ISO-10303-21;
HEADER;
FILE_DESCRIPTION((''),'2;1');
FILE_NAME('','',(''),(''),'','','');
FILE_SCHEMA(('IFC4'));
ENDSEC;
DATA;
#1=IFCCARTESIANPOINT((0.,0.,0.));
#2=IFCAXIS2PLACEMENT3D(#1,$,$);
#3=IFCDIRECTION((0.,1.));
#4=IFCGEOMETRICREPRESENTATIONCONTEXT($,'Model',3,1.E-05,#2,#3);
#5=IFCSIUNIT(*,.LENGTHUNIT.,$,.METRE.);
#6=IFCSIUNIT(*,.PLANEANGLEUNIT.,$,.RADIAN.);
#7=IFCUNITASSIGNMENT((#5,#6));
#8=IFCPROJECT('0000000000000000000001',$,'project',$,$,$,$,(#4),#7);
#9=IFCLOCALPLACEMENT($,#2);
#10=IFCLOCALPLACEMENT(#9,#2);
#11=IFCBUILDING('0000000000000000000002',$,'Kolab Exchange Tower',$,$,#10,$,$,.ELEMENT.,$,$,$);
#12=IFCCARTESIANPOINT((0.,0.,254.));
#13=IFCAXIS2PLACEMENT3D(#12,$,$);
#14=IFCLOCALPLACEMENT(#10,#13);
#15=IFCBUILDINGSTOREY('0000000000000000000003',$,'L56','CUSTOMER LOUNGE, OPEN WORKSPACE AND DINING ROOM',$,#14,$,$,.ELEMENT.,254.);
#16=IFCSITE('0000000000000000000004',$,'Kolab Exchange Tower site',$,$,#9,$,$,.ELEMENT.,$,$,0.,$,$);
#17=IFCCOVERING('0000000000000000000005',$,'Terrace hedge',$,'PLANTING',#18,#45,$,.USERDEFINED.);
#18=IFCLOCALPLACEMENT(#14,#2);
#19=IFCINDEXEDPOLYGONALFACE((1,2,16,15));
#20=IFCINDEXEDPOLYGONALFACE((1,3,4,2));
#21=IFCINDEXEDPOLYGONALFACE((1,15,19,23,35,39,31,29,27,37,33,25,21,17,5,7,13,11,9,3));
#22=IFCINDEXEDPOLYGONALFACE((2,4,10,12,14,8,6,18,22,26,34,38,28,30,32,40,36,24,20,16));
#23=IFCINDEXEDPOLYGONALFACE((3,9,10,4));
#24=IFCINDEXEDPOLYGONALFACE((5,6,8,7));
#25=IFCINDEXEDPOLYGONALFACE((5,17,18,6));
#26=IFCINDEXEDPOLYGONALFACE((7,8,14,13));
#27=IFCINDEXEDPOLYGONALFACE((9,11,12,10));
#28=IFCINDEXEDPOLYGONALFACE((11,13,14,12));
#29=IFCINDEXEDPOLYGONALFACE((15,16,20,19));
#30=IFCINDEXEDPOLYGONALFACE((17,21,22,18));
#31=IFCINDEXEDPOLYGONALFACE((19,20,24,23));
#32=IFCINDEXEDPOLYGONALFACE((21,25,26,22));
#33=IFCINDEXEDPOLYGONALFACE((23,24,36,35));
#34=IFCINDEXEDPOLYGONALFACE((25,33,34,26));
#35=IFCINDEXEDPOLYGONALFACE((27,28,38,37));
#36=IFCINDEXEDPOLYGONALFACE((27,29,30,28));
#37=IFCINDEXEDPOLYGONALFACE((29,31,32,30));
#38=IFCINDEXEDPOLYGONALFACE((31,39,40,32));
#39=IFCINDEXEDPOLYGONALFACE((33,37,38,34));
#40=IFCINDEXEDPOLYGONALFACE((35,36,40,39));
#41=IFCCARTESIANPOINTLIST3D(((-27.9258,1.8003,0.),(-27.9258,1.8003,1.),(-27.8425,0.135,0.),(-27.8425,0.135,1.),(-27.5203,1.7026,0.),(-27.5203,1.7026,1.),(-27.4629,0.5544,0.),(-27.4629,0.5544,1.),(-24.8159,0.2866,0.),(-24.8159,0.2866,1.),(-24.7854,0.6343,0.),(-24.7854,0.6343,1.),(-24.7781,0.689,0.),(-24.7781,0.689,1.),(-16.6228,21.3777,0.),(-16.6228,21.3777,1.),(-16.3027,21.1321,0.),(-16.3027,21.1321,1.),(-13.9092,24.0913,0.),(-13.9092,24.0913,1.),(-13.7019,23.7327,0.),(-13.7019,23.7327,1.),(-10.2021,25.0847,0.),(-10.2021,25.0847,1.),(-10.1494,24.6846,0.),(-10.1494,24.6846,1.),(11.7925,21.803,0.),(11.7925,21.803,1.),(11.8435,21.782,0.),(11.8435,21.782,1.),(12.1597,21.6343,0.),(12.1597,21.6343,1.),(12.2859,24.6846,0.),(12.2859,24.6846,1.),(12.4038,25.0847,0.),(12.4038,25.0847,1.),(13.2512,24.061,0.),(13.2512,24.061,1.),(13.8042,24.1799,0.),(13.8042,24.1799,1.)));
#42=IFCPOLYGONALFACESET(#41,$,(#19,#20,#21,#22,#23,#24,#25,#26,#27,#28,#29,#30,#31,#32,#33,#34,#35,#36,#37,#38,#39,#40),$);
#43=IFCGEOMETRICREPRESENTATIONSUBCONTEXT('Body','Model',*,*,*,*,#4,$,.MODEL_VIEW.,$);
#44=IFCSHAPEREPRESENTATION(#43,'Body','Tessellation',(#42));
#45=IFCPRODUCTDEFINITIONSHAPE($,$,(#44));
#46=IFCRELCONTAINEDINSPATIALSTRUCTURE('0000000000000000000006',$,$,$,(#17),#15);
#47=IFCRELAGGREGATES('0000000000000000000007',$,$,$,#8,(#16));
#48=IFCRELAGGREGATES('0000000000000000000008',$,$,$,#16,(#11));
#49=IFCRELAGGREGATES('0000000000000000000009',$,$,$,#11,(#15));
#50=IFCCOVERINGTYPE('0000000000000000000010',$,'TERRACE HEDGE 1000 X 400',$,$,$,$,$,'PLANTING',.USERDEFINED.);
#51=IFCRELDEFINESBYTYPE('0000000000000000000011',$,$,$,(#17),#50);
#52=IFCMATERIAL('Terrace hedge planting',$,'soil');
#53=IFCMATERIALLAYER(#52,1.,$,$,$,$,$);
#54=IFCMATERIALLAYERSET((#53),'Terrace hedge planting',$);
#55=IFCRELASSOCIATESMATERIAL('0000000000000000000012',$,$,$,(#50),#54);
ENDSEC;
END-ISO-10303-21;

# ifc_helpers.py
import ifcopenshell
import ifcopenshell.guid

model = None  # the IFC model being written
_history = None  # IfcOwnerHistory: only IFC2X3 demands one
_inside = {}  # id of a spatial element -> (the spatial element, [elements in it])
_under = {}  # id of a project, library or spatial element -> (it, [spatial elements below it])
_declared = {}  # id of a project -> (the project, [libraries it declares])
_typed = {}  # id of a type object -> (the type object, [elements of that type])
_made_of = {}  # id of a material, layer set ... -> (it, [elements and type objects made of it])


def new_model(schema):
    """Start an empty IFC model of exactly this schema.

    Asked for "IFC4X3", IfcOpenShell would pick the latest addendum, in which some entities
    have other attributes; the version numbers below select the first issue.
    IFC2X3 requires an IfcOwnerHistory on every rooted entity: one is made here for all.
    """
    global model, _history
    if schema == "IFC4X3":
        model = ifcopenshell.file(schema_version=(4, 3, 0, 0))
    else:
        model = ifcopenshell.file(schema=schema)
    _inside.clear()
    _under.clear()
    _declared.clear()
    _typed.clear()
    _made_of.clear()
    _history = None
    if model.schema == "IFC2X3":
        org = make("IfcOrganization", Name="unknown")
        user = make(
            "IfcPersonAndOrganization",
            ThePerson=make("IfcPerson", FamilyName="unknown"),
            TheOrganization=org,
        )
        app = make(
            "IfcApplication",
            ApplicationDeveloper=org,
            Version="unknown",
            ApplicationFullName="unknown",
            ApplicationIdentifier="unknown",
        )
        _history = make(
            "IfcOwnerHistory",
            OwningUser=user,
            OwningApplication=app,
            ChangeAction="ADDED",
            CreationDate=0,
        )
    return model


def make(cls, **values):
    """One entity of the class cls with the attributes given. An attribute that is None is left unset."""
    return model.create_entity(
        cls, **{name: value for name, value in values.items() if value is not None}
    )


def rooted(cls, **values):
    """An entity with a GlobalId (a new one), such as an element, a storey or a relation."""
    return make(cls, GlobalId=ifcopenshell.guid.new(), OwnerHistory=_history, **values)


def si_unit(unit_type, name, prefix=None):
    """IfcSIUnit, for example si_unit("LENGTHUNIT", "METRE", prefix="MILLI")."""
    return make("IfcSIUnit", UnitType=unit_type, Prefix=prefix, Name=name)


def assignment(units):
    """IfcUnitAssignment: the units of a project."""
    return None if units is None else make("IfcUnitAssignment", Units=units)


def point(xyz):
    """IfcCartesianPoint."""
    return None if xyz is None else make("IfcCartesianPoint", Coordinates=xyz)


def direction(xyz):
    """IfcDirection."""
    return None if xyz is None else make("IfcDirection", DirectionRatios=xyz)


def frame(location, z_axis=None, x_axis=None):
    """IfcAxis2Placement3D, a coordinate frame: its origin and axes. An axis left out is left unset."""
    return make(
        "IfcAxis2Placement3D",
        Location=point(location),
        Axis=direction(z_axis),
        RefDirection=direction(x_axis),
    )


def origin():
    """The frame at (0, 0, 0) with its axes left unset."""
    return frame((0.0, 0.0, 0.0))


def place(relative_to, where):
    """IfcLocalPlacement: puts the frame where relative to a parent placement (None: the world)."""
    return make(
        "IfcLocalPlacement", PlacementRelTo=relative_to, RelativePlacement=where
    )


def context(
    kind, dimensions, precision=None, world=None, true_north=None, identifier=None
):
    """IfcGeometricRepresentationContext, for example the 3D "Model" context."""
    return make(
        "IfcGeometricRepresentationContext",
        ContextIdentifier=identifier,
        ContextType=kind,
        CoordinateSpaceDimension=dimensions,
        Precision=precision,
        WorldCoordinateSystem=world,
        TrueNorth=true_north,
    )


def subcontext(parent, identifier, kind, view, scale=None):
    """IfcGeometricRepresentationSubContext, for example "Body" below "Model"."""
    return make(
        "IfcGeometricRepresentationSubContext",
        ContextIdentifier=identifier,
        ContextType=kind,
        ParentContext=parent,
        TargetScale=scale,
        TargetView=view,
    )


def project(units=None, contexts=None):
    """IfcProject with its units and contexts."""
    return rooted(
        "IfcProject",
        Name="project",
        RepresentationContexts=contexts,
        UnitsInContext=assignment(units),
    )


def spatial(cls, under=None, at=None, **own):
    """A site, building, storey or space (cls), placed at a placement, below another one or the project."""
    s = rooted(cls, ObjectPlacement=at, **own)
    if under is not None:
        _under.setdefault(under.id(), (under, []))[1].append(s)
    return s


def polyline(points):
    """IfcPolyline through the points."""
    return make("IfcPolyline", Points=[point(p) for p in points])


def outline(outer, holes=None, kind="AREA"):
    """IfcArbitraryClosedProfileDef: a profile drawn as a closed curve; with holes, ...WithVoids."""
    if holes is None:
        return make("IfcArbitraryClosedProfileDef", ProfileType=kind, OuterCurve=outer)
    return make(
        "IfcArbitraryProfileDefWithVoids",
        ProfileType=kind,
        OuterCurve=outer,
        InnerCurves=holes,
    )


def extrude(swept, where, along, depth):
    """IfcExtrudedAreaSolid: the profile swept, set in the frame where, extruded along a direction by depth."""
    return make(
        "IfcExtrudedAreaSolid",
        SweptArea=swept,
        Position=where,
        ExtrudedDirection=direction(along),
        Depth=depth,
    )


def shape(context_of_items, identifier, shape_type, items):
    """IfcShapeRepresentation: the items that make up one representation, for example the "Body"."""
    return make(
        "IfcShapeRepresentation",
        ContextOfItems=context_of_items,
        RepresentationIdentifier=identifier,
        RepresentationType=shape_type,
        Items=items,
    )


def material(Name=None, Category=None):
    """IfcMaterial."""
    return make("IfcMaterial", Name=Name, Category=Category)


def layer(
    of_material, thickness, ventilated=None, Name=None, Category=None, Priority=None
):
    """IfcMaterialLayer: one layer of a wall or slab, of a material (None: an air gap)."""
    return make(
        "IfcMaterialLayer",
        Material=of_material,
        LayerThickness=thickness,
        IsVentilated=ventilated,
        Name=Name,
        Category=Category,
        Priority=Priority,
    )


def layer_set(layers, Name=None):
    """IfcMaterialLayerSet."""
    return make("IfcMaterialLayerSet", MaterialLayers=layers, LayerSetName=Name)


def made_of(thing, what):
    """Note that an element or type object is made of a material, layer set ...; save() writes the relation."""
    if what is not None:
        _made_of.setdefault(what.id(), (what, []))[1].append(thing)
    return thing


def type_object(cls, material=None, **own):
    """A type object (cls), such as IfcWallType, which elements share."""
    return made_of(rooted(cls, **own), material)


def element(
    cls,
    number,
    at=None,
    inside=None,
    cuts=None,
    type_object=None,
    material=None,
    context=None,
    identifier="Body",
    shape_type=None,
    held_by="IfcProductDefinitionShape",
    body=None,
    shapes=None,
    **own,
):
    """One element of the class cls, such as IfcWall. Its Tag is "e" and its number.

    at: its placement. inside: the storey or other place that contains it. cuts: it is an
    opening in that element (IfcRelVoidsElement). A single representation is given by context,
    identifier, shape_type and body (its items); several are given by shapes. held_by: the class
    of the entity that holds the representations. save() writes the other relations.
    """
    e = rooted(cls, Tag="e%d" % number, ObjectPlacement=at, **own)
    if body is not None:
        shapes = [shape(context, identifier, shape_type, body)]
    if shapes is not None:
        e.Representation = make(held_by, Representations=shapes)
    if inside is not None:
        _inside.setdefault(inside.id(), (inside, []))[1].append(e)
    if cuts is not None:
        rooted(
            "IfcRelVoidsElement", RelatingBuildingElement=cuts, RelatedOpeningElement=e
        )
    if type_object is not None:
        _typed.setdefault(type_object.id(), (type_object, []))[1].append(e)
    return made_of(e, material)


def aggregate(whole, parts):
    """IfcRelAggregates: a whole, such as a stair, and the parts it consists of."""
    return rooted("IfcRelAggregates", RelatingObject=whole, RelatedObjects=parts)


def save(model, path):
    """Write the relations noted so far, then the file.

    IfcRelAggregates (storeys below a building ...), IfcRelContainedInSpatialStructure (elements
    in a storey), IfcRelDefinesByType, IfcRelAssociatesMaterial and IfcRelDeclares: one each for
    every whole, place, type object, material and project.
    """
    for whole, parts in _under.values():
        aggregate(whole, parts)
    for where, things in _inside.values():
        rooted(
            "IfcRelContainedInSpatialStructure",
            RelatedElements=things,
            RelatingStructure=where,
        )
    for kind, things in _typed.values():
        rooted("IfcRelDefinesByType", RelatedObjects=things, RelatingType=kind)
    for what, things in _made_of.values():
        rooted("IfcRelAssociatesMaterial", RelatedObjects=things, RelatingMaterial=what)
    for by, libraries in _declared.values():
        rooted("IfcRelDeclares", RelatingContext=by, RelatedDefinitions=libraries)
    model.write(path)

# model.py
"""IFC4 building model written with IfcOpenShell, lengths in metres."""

from ifc_helpers import new_model, si_unit, direction, frame, origin, place, context, subcontext, project, spatial, polyline, outline, extrude, material, layer, layer_set, type_object, element, save


model = new_model("IFC4")

# Units and contexts
model_context = context("Model", 3, precision=1e-05, world=origin(), true_north=direction((0.0, 1.0)))
body_context = subcontext(model_context, "Body", "Model", "MODEL_VIEW")
ifc_project = project(units=[si_unit("LENGTHUNIT", "METRE"), si_unit("PLANEANGLEUNIT", "RADIAN")], contexts=[model_context])

# Site, building, storey
site_placement = place(None, origin())
site = spatial("IfcSite", under=ifc_project, at=site_placement, Name="Kolab Exchange Tower site", CompositionType="ELEMENT", RefElevation=0.0)
building_placement = place(site_placement, origin())
building = spatial("IfcBuilding", under=site, at=building_placement, Name="Kolab Exchange Tower", CompositionType="ELEMENT")
storey_placement = place(building_placement, frame((0.0, 0.0, 254.0)))
storey = spatial("IfcBuildingStorey", under=building, at=storey_placement, Name="L56", Description="CUSTOMER LOUNGE, OPEN WORKSPACE AND DINING ROOM", CompositionType="ELEMENT", Elevation=254.0)

# Covering
ifc_material_1 = material(Name="Terrace hedge planting", Category="soil")
ifc_layer_1 = layer(ifc_material_1, 1.0)
ifc_layer_set_1 = layer_set([ifc_layer_1], Name="Terrace hedge planting")
covering_type_1 = type_object("IfcCoveringType", Name="TERRACE HEDGE 1000 X 400", ElementType="PLANTING", PredefinedType="USERDEFINED", material=ifc_layer_set_1)
covering_1_placement = place(storey_placement, origin())
element("IfcCovering", 1, at=covering_1_placement, inside=storey, type_object=covering_type_1, Name="Terrace hedge", ObjectType="PLANTING", PredefinedType="USERDEFINED", context=body_context, shape_type="SweptSolid", body=[
    extrude(outline(polyline([(-27.9258, 1.8003), (-16.6228, 21.3777), (-13.9092, 24.0913), (-10.2021, 25.0847), (12.4038, 25.0847), (13.8042, 24.1799), (12.1597, 21.6343), (11.8435, 21.782), (11.7925, 21.803), (13.2512, 24.061), (12.2859, 24.6846), (-10.1494, 24.6846), (-13.7019, 23.7327), (-16.3027, 21.1321), (-27.5203, 1.7026), (-27.4629, 0.5544), (-24.7781, 0.689), (-24.7854, 0.6343), (-24.8159, 0.2866), (-27.8425, 0.135), (-27.9258, 1.8003)])), origin(), (0.0, 0.0, 1.0), 1.0),
])

save(model, "model.ifc")
